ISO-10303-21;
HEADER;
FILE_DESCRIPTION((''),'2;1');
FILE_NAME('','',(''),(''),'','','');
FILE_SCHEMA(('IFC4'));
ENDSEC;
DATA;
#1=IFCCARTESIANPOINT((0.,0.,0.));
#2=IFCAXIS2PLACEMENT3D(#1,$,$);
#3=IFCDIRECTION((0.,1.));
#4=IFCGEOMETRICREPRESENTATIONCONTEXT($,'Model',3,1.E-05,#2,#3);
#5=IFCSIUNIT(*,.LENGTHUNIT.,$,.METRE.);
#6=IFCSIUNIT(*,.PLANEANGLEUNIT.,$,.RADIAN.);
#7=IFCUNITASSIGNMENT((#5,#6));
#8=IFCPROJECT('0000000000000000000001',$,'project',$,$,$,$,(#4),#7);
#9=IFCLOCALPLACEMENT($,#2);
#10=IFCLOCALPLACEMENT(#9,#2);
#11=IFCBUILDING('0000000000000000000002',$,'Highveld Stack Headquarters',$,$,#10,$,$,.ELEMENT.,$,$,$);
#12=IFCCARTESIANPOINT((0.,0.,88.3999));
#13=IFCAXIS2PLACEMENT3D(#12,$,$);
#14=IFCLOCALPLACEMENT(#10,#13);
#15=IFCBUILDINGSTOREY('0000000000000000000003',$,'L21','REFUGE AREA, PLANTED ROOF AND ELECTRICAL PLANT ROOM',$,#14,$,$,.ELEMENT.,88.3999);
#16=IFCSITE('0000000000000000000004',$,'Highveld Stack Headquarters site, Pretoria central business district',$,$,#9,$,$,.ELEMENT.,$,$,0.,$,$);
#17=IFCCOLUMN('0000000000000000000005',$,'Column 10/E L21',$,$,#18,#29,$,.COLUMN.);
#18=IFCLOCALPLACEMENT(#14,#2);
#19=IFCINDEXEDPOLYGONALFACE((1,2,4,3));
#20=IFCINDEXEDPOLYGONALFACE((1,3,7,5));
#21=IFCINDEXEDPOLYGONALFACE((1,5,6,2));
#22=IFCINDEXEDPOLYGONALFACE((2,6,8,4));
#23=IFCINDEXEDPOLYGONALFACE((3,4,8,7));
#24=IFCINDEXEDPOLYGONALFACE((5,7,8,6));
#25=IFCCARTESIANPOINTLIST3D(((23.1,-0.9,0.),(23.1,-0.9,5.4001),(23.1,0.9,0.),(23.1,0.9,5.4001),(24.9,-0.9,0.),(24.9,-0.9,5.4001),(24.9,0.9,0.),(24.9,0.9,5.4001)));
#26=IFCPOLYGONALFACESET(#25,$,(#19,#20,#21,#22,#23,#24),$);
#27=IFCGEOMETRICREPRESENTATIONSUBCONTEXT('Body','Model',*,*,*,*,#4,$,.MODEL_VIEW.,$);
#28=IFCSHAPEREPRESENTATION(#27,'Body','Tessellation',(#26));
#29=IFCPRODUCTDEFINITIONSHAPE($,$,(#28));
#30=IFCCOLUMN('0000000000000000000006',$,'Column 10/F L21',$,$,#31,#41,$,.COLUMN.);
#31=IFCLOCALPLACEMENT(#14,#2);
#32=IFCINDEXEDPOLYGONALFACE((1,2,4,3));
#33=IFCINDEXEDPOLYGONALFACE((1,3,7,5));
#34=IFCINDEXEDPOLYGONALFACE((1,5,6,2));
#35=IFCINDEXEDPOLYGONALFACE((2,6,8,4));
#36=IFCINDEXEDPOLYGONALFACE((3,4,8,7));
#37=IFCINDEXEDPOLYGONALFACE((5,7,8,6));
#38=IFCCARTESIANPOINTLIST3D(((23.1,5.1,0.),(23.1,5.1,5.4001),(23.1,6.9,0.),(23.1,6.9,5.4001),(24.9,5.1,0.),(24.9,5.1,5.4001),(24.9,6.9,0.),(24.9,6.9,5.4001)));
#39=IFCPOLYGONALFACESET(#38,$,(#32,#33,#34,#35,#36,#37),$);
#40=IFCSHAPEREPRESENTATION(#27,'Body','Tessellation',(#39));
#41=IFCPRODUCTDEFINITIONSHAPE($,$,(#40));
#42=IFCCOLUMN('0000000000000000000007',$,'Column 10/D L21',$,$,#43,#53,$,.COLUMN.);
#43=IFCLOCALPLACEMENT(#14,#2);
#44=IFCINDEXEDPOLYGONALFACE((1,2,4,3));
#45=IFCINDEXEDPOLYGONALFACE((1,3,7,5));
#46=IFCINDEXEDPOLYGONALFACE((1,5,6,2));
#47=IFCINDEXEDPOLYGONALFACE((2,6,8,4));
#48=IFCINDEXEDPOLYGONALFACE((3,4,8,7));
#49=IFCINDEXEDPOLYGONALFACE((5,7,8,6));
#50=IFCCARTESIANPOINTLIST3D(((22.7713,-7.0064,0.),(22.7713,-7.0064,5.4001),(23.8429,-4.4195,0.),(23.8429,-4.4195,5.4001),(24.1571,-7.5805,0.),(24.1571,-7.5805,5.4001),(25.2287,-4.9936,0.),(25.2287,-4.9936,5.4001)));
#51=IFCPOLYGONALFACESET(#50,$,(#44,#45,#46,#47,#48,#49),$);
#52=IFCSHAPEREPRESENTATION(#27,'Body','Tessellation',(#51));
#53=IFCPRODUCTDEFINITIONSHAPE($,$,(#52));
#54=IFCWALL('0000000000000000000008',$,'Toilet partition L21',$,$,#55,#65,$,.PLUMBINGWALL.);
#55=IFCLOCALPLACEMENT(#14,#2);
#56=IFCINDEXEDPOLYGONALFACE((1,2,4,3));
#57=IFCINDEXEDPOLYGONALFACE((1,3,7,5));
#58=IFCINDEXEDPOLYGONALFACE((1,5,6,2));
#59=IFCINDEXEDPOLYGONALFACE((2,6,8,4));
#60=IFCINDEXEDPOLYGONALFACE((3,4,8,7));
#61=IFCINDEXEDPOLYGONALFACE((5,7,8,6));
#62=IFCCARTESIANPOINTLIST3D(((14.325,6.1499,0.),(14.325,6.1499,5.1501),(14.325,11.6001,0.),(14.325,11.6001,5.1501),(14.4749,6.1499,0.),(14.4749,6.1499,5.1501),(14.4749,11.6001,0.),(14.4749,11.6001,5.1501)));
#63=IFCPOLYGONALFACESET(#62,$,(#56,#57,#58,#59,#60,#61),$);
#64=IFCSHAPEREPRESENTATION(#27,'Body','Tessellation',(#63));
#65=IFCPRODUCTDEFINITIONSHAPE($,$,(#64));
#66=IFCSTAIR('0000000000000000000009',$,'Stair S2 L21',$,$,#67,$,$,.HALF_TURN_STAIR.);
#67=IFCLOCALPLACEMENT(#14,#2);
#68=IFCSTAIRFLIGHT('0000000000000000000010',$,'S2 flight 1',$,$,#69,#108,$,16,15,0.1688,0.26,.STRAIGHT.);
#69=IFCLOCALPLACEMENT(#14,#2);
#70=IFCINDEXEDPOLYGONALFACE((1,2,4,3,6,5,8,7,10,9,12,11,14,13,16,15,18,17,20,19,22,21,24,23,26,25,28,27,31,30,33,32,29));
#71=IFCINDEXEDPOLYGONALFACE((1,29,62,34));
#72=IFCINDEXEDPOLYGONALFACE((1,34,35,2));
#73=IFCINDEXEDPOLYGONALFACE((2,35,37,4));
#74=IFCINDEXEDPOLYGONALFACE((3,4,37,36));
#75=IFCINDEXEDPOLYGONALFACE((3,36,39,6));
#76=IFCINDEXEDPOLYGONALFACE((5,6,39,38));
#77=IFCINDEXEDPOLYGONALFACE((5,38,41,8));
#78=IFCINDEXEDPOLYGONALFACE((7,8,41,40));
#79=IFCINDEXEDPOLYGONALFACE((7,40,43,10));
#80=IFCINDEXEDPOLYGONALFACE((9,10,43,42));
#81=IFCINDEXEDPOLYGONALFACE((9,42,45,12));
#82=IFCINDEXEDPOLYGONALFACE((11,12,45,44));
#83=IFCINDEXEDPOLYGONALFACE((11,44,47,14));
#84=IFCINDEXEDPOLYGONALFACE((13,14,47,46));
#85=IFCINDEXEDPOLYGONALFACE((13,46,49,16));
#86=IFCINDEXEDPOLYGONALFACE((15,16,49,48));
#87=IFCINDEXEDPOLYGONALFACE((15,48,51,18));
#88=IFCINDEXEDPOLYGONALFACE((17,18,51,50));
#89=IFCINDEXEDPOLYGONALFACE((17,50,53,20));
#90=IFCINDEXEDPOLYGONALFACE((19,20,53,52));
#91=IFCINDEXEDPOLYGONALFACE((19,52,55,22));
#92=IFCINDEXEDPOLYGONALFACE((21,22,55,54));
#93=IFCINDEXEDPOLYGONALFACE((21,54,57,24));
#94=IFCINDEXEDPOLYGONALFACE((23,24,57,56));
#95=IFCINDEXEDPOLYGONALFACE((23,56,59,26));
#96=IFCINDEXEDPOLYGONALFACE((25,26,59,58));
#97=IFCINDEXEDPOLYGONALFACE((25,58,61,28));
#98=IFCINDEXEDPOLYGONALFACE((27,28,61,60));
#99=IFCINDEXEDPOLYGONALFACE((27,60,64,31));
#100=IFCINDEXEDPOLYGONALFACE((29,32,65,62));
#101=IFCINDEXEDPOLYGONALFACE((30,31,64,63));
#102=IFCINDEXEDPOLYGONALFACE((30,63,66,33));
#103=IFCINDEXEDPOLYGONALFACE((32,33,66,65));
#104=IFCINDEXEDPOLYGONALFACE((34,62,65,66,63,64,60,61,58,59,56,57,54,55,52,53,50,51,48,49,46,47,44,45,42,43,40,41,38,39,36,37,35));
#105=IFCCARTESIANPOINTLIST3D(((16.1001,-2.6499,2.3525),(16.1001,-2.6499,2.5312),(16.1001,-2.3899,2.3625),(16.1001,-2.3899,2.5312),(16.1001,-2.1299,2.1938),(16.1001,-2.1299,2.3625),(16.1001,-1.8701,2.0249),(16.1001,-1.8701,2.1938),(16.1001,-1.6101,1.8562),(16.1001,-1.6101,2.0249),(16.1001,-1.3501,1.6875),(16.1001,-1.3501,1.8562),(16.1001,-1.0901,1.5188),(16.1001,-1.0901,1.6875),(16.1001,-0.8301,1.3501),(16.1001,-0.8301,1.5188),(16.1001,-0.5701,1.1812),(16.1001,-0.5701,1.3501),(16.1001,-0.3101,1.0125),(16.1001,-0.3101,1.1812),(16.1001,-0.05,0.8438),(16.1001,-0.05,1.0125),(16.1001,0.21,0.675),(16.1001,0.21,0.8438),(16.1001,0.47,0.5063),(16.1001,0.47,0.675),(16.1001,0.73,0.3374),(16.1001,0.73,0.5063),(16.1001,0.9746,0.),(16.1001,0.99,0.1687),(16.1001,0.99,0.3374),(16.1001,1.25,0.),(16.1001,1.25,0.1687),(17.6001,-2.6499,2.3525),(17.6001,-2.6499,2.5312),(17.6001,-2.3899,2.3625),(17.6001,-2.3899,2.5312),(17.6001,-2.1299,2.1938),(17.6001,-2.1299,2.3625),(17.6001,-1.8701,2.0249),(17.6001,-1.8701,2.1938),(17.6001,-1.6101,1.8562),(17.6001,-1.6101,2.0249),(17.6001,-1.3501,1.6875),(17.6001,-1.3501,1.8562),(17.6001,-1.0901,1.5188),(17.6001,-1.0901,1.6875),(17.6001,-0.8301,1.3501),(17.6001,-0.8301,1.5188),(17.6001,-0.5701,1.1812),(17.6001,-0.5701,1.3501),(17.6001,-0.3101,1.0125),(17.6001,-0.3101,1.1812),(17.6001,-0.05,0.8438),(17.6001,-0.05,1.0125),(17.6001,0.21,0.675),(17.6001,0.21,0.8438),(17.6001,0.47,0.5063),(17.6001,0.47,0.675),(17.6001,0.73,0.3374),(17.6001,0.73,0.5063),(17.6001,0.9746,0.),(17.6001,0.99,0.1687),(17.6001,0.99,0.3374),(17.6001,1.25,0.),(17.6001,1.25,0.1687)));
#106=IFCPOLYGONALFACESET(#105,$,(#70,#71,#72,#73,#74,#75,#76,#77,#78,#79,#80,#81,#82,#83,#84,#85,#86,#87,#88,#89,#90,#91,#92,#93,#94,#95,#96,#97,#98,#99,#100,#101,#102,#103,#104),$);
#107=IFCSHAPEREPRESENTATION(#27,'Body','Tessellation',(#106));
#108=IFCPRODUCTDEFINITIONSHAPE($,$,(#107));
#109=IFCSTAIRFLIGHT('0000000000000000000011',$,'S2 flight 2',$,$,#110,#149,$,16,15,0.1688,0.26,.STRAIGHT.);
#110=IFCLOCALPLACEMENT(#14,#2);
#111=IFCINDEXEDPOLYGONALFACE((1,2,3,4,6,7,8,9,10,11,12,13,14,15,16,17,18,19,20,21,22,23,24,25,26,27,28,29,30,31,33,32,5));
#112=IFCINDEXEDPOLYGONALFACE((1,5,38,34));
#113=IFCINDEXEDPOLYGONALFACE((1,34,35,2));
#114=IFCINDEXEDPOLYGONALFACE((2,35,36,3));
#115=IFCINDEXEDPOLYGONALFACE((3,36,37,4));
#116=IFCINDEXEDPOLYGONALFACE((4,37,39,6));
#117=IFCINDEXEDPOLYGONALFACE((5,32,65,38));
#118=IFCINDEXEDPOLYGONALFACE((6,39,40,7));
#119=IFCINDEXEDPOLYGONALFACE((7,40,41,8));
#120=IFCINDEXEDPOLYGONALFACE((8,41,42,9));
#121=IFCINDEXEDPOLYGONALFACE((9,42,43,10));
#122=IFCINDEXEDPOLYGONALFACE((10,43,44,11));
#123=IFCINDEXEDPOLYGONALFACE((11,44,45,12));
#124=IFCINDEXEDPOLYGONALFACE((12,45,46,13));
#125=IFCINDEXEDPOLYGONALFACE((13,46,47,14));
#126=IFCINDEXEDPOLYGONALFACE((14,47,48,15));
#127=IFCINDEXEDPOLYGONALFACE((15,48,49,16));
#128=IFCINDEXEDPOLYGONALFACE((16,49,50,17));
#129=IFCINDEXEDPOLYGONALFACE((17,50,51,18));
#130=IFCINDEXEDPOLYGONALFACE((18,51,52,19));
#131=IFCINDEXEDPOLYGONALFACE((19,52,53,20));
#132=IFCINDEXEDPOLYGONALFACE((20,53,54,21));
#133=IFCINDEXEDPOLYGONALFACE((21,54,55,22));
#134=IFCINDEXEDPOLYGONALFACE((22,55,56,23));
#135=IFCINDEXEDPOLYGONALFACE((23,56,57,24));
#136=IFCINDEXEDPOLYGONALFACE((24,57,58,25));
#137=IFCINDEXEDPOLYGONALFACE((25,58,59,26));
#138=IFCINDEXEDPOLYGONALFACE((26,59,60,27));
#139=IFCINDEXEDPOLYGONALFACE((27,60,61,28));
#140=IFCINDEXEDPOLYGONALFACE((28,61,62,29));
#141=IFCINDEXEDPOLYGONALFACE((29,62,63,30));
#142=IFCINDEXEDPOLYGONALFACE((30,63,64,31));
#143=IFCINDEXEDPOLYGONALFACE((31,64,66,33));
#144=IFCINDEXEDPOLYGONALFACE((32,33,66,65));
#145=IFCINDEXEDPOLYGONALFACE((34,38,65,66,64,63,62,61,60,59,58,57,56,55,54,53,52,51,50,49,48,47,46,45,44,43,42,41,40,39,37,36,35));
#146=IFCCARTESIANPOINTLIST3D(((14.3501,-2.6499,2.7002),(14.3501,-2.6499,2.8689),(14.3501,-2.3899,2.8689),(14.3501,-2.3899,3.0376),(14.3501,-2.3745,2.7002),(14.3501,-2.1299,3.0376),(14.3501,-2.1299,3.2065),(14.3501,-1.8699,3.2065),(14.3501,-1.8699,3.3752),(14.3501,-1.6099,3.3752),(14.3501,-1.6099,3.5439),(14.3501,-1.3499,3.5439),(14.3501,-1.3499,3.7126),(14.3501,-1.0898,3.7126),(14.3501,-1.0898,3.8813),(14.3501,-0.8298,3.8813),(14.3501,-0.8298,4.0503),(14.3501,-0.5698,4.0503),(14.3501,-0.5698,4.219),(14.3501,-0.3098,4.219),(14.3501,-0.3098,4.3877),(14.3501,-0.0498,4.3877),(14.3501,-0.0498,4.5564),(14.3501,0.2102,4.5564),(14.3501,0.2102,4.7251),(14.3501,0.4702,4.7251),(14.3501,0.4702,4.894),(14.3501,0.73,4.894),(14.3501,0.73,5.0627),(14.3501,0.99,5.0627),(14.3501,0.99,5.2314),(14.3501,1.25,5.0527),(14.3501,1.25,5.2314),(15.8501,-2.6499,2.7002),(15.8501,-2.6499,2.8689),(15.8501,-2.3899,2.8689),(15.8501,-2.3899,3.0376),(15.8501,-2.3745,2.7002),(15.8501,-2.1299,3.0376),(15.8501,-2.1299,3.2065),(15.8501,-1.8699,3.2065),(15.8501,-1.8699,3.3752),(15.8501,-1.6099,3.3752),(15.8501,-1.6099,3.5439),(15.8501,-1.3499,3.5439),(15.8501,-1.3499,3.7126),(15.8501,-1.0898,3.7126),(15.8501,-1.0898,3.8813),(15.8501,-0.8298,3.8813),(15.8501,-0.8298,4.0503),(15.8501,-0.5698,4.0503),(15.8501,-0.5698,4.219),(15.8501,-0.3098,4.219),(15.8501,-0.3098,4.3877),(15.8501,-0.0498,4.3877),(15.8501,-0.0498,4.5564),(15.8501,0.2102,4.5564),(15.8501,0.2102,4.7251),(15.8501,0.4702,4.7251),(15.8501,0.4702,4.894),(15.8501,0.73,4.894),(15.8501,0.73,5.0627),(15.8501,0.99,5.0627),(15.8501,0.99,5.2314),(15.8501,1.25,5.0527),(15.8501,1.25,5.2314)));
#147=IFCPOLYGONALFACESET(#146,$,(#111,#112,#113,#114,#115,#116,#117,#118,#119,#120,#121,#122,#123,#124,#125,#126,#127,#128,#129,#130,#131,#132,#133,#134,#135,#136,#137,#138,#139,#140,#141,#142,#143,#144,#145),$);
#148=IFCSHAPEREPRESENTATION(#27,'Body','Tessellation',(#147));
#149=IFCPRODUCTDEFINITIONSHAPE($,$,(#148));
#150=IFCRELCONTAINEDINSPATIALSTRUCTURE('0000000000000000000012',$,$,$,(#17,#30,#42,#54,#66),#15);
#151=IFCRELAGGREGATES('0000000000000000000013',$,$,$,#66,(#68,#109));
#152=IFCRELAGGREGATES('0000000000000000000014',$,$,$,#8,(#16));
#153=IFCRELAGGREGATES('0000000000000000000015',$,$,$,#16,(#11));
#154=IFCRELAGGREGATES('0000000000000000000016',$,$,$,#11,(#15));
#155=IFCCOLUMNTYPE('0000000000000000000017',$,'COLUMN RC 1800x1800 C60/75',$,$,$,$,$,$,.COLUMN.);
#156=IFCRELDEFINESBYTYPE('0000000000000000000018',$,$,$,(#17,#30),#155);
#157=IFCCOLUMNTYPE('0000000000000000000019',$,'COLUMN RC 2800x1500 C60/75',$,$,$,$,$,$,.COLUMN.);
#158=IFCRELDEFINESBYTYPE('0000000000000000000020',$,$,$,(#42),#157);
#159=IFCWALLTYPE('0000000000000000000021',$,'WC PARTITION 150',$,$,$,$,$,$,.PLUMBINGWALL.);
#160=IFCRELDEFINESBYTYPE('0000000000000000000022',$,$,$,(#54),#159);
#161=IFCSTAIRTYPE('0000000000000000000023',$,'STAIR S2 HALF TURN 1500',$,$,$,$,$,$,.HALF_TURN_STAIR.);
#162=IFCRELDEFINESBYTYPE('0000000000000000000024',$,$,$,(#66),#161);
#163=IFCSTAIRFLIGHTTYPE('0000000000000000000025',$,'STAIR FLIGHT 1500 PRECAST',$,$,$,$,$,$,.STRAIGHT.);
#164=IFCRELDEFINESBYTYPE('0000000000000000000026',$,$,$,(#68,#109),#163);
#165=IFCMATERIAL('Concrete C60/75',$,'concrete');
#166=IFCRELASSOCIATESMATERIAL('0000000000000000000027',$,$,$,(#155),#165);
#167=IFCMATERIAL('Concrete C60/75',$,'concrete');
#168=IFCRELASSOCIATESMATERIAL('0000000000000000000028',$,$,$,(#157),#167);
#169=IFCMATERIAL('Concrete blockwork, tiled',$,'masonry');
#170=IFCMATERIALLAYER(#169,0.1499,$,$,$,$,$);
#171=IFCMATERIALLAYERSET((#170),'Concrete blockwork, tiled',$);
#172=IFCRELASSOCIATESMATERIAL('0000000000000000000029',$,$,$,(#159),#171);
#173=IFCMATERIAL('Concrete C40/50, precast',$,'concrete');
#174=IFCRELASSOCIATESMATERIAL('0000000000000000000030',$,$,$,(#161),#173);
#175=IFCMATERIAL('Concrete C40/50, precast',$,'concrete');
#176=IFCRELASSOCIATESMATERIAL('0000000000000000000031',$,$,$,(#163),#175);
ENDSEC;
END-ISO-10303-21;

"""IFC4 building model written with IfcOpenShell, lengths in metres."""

from ifc_helpers import new_model, si_unit, direction, frame, frame_2d, origin, origin_2d, place, context, subcontext, project, spatial, polyline, rectangle, outline, extrude, material, layer, layer_set, material_profile, profile_set, type_object, element, aggregate, save


model = new_model("IFC4")

# Units and contexts
model_context = context("Model", 3, precision=1e-05, world=origin(), true_north=direction((0.0, 1.0)))
body_context = subcontext(model_context, "Body", "Model", "MODEL_VIEW")
ifc_project = project(units=[si_unit("LENGTHUNIT", "METRE"), si_unit("PLANEANGLEUNIT", "RADIAN")], contexts=[model_context])

# Site, building, storey
site_placement = place(None, origin())
site = spatial("IfcSite", under=ifc_project, at=site_placement, Name="Highveld Stack Headquarters site, Pretoria central business district", CompositionType="ELEMENT", RefElevation=0.0)
building_placement = place(site_placement, origin())
building = spatial("IfcBuilding", under=site, at=building_placement, Name="Highveld Stack Headquarters", CompositionType="ELEMENT")
storey_placement = place(building_placement, frame((0.0, 0.0, 88.3999)))
storey = spatial("IfcBuildingStorey", under=building, at=storey_placement, Name="L21", Description="REFUGE AREA, PLANTED ROOF AND ELECTRICAL PLANT ROOM", CompositionType="ELEMENT", Elevation=88.3999)

# Columns
ifc_material_1 = material(Name="Concrete C60/75", Category="concrete")
ifc_material_profile_1 = material_profile(ifc_material_1, rectangle(XDim=1.8, YDim=1.8, at=origin_2d()), Name="RC 1800x1800")
ifc_profile_set_1 = profile_set([ifc_material_profile_1], Name="Concrete C60/75")
column_type_1 = type_object("IfcColumnType", Name="COLUMN RC 1800x1800 C60/75", PredefinedType="COLUMN", material=ifc_profile_set_1)
for number, where, z_axis, x_axis, name in (
    (1, (24.0, 0.0, 0.0), (0.0, 0.0, 1.0), (1.0, 0.0, 0.0), "Column 10/E L21"),
    (2, (24.0, 6.0, 0.0), (0.0, 0.0, 1.0), (1.0, 0.0, 0.0), "Column 10/F L21"),
):
    element("IfcColumn", number, at=place(storey_placement, frame(where, z_axis=z_axis, x_axis=x_axis)), inside=storey, type_object=column_type_1, Name=name, PredefinedType="COLUMN", context=body_context, shape_type="SweptSolid", body=[
        extrude(rectangle(XDim=1.8, YDim=1.8, at=origin_2d()), origin(), (0.0, 0.0, 1.0), 5.4001),
    ])
ifc_material_2 = material(Name="Concrete C60/75", Category="concrete")
ifc_material_profile_2 = material_profile(ifc_material_2, rectangle(XDim=2.8, YDim=1.5, at=origin_2d()), Name="RC 2800x1500")
ifc_profile_set_2 = profile_set([ifc_material_profile_2], Name="Concrete C60/75")
column_type_2 = type_object("IfcColumnType", Name="COLUMN RC 2800x1500 C60/75", PredefinedType="COLUMN", material=ifc_profile_set_2)
column_placement = place(storey_placement, frame((24.0, -6.0, 0.0), z_axis=(0.0, 0.0, 1.0), x_axis=(-0.382683, -0.92388, 0.0)))
element("IfcColumn", 3, at=column_placement, inside=storey, type_object=column_type_2, Name="Column 10/D L21", PredefinedType="COLUMN", context=body_context, shape_type="SweptSolid", body=[
    extrude(rectangle(XDim=2.8, YDim=1.5, at=origin_2d()), origin(), (0.0, 0.0, 1.0), 5.4001),
])

# Wall
ifc_material_3 = material(Name="Concrete blockwork, tiled", Category="masonry")
ifc_layer = layer(ifc_material_3, 0.1499)
ifc_layer_set = layer_set([ifc_layer], Name="Concrete blockwork, tiled")
wall_type = type_object("IfcWallType", Name="WC PARTITION 150", PredefinedType="PLUMBINGWALL", material=ifc_layer_set)
wall_placement = place(storey_placement, frame((14.3999, 6.1499, 0.0), z_axis=(0.0, 0.0, 1.0), x_axis=(0.0, 1.0, 0.0)))
element("IfcWall", 4, at=wall_placement, inside=storey, type_object=wall_type, Name="Toilet partition L21", PredefinedType="PLUMBINGWALL", context=body_context, shape_type="SweptSolid", body=[
    extrude(rectangle(XDim=5.4502, YDim=0.1499, at=frame_2d((2.7251, 0.0))), origin(), (0.0, 0.0, 1.0), 5.1501),
])

# Stair, stair flights
ifc_material_4 = material(Name="Concrete C40/50, precast", Category="concrete")
stair_type = type_object("IfcStairType", Name="STAIR S2 HALF TURN 1500", PredefinedType="HALF_TURN_STAIR", material=ifc_material_4)
stair_placement = place(storey_placement, origin())
stair = element("IfcStair", 5, at=stair_placement, inside=storey, type_object=stair_type, Name="Stair S2 L21", PredefinedType="HALF_TURN_STAIR")
ifc_material_5 = material(Name="Concrete C40/50, precast", Category="concrete")
stair_flight_type = type_object("IfcStairFlightType", Name="STAIR FLIGHT 1500 PRECAST", PredefinedType="STRAIGHT", material=ifc_material_5)
stair_flight_1_placement = place(storey_placement, frame((16.8501, 1.25, 0.0), z_axis=(0.0, 0.0, 1.0), x_axis=(0.0, -1.0, 0.0)))
stair_flight_1 = element("IfcStairFlight", 6, at=stair_flight_1_placement, type_object=stair_flight_type, Name="S2 flight 1", NumberOfRisers=16, NumberOfTreads=15, PredefinedType="STRAIGHT", RiserHeight=0.1688, TreadLength=0.26, context=body_context, shape_type="SweptSolid", body=[
    extrude(outline(polyline([(0.0, 0.0), (0.0, 0.1687), (0.26, 0.1687), (0.26, 0.3374), (0.52, 0.3374), (0.52, 0.5063), (0.78, 0.5063), (0.78, 0.675), (1.04, 0.675), (1.04, 0.8438), (1.3, 0.8438), (1.3, 1.0125), (1.5601, 1.0125), (1.5601, 1.1812), (1.8201, 1.1812), (1.8201, 1.3501), (2.0801, 1.3501), (2.0801, 1.5188), (2.3401, 1.5188), (2.3401, 1.6875), (2.6001, 1.6875), (2.6001, 1.8562), (2.8601, 1.8562), (2.8601, 2.0249), (3.1201, 2.0249), (3.1201, 2.1938), (3.3799, 2.1938), (3.3799, 2.3625), (3.6399, 2.3625), (3.6399, 2.5312), (3.8999, 2.5312), (3.8999, 2.7), (3.8999, 2.3525), (0.2754, 0.0), (0.0, 0.0)])), frame((0.0, 0.75, 0.0), z_axis=(0.0, -1.0, 0.0), x_axis=(1.0, 0.0, 0.0)), (0.0, 0.0, 1.0), 1.5),
])
stair_flight_2_placement = place(storey_placement, frame((15.1001, -2.6499, 2.7002), z_axis=(0.0, 0.0, 1.0), x_axis=(0.0, 1.0, 0.0)))
stair_flight_2 = element("IfcStairFlight", 7, at=stair_flight_2_placement, type_object=stair_flight_type, Name="S2 flight 2", NumberOfRisers=16, NumberOfTreads=15, PredefinedType="STRAIGHT", RiserHeight=0.1688, TreadLength=0.26, context=body_context, shape_type="SweptSolid", body=[
    extrude(outline(polyline([(0.0, 0.0), (0.0, 0.1687), (0.26, 0.1687), (0.26, 0.3374), (0.52, 0.3374), (0.52, 0.5063), (0.78, 0.5063), (0.78, 0.675), (1.04, 0.675), (1.04, 0.8438), (1.3, 0.8438), (1.3, 1.0125), (1.5601, 1.0125), (1.5601, 1.1812), (1.8201, 1.1812), (1.8201, 1.3501), (2.0801, 1.3501), (2.0801, 1.5188), (2.3401, 1.5188), (2.3401, 1.6875), (2.6001, 1.6875), (2.6001, 1.8562), (2.8601, 1.8562), (2.8601, 2.0249), (3.1201, 2.0249), (3.1201, 2.1938), (3.3799, 2.1938), (3.3799, 2.3625), (3.6399, 2.3625), (3.6399, 2.5312), (3.8999, 2.5312), (3.8999, 2.7), (3.8999, 2.3525), (0.2754, 0.0), (0.0, 0.0)])), frame((0.0, 0.75, 0.0), z_axis=(0.0, -1.0, 0.0), x_axis=(1.0, 0.0, 0.0)), (0.0, 0.0, 1.0), 1.5),
])
aggregate(stair, [stair_flight_1, stair_flight_2])

save(model, "model.ifc")
